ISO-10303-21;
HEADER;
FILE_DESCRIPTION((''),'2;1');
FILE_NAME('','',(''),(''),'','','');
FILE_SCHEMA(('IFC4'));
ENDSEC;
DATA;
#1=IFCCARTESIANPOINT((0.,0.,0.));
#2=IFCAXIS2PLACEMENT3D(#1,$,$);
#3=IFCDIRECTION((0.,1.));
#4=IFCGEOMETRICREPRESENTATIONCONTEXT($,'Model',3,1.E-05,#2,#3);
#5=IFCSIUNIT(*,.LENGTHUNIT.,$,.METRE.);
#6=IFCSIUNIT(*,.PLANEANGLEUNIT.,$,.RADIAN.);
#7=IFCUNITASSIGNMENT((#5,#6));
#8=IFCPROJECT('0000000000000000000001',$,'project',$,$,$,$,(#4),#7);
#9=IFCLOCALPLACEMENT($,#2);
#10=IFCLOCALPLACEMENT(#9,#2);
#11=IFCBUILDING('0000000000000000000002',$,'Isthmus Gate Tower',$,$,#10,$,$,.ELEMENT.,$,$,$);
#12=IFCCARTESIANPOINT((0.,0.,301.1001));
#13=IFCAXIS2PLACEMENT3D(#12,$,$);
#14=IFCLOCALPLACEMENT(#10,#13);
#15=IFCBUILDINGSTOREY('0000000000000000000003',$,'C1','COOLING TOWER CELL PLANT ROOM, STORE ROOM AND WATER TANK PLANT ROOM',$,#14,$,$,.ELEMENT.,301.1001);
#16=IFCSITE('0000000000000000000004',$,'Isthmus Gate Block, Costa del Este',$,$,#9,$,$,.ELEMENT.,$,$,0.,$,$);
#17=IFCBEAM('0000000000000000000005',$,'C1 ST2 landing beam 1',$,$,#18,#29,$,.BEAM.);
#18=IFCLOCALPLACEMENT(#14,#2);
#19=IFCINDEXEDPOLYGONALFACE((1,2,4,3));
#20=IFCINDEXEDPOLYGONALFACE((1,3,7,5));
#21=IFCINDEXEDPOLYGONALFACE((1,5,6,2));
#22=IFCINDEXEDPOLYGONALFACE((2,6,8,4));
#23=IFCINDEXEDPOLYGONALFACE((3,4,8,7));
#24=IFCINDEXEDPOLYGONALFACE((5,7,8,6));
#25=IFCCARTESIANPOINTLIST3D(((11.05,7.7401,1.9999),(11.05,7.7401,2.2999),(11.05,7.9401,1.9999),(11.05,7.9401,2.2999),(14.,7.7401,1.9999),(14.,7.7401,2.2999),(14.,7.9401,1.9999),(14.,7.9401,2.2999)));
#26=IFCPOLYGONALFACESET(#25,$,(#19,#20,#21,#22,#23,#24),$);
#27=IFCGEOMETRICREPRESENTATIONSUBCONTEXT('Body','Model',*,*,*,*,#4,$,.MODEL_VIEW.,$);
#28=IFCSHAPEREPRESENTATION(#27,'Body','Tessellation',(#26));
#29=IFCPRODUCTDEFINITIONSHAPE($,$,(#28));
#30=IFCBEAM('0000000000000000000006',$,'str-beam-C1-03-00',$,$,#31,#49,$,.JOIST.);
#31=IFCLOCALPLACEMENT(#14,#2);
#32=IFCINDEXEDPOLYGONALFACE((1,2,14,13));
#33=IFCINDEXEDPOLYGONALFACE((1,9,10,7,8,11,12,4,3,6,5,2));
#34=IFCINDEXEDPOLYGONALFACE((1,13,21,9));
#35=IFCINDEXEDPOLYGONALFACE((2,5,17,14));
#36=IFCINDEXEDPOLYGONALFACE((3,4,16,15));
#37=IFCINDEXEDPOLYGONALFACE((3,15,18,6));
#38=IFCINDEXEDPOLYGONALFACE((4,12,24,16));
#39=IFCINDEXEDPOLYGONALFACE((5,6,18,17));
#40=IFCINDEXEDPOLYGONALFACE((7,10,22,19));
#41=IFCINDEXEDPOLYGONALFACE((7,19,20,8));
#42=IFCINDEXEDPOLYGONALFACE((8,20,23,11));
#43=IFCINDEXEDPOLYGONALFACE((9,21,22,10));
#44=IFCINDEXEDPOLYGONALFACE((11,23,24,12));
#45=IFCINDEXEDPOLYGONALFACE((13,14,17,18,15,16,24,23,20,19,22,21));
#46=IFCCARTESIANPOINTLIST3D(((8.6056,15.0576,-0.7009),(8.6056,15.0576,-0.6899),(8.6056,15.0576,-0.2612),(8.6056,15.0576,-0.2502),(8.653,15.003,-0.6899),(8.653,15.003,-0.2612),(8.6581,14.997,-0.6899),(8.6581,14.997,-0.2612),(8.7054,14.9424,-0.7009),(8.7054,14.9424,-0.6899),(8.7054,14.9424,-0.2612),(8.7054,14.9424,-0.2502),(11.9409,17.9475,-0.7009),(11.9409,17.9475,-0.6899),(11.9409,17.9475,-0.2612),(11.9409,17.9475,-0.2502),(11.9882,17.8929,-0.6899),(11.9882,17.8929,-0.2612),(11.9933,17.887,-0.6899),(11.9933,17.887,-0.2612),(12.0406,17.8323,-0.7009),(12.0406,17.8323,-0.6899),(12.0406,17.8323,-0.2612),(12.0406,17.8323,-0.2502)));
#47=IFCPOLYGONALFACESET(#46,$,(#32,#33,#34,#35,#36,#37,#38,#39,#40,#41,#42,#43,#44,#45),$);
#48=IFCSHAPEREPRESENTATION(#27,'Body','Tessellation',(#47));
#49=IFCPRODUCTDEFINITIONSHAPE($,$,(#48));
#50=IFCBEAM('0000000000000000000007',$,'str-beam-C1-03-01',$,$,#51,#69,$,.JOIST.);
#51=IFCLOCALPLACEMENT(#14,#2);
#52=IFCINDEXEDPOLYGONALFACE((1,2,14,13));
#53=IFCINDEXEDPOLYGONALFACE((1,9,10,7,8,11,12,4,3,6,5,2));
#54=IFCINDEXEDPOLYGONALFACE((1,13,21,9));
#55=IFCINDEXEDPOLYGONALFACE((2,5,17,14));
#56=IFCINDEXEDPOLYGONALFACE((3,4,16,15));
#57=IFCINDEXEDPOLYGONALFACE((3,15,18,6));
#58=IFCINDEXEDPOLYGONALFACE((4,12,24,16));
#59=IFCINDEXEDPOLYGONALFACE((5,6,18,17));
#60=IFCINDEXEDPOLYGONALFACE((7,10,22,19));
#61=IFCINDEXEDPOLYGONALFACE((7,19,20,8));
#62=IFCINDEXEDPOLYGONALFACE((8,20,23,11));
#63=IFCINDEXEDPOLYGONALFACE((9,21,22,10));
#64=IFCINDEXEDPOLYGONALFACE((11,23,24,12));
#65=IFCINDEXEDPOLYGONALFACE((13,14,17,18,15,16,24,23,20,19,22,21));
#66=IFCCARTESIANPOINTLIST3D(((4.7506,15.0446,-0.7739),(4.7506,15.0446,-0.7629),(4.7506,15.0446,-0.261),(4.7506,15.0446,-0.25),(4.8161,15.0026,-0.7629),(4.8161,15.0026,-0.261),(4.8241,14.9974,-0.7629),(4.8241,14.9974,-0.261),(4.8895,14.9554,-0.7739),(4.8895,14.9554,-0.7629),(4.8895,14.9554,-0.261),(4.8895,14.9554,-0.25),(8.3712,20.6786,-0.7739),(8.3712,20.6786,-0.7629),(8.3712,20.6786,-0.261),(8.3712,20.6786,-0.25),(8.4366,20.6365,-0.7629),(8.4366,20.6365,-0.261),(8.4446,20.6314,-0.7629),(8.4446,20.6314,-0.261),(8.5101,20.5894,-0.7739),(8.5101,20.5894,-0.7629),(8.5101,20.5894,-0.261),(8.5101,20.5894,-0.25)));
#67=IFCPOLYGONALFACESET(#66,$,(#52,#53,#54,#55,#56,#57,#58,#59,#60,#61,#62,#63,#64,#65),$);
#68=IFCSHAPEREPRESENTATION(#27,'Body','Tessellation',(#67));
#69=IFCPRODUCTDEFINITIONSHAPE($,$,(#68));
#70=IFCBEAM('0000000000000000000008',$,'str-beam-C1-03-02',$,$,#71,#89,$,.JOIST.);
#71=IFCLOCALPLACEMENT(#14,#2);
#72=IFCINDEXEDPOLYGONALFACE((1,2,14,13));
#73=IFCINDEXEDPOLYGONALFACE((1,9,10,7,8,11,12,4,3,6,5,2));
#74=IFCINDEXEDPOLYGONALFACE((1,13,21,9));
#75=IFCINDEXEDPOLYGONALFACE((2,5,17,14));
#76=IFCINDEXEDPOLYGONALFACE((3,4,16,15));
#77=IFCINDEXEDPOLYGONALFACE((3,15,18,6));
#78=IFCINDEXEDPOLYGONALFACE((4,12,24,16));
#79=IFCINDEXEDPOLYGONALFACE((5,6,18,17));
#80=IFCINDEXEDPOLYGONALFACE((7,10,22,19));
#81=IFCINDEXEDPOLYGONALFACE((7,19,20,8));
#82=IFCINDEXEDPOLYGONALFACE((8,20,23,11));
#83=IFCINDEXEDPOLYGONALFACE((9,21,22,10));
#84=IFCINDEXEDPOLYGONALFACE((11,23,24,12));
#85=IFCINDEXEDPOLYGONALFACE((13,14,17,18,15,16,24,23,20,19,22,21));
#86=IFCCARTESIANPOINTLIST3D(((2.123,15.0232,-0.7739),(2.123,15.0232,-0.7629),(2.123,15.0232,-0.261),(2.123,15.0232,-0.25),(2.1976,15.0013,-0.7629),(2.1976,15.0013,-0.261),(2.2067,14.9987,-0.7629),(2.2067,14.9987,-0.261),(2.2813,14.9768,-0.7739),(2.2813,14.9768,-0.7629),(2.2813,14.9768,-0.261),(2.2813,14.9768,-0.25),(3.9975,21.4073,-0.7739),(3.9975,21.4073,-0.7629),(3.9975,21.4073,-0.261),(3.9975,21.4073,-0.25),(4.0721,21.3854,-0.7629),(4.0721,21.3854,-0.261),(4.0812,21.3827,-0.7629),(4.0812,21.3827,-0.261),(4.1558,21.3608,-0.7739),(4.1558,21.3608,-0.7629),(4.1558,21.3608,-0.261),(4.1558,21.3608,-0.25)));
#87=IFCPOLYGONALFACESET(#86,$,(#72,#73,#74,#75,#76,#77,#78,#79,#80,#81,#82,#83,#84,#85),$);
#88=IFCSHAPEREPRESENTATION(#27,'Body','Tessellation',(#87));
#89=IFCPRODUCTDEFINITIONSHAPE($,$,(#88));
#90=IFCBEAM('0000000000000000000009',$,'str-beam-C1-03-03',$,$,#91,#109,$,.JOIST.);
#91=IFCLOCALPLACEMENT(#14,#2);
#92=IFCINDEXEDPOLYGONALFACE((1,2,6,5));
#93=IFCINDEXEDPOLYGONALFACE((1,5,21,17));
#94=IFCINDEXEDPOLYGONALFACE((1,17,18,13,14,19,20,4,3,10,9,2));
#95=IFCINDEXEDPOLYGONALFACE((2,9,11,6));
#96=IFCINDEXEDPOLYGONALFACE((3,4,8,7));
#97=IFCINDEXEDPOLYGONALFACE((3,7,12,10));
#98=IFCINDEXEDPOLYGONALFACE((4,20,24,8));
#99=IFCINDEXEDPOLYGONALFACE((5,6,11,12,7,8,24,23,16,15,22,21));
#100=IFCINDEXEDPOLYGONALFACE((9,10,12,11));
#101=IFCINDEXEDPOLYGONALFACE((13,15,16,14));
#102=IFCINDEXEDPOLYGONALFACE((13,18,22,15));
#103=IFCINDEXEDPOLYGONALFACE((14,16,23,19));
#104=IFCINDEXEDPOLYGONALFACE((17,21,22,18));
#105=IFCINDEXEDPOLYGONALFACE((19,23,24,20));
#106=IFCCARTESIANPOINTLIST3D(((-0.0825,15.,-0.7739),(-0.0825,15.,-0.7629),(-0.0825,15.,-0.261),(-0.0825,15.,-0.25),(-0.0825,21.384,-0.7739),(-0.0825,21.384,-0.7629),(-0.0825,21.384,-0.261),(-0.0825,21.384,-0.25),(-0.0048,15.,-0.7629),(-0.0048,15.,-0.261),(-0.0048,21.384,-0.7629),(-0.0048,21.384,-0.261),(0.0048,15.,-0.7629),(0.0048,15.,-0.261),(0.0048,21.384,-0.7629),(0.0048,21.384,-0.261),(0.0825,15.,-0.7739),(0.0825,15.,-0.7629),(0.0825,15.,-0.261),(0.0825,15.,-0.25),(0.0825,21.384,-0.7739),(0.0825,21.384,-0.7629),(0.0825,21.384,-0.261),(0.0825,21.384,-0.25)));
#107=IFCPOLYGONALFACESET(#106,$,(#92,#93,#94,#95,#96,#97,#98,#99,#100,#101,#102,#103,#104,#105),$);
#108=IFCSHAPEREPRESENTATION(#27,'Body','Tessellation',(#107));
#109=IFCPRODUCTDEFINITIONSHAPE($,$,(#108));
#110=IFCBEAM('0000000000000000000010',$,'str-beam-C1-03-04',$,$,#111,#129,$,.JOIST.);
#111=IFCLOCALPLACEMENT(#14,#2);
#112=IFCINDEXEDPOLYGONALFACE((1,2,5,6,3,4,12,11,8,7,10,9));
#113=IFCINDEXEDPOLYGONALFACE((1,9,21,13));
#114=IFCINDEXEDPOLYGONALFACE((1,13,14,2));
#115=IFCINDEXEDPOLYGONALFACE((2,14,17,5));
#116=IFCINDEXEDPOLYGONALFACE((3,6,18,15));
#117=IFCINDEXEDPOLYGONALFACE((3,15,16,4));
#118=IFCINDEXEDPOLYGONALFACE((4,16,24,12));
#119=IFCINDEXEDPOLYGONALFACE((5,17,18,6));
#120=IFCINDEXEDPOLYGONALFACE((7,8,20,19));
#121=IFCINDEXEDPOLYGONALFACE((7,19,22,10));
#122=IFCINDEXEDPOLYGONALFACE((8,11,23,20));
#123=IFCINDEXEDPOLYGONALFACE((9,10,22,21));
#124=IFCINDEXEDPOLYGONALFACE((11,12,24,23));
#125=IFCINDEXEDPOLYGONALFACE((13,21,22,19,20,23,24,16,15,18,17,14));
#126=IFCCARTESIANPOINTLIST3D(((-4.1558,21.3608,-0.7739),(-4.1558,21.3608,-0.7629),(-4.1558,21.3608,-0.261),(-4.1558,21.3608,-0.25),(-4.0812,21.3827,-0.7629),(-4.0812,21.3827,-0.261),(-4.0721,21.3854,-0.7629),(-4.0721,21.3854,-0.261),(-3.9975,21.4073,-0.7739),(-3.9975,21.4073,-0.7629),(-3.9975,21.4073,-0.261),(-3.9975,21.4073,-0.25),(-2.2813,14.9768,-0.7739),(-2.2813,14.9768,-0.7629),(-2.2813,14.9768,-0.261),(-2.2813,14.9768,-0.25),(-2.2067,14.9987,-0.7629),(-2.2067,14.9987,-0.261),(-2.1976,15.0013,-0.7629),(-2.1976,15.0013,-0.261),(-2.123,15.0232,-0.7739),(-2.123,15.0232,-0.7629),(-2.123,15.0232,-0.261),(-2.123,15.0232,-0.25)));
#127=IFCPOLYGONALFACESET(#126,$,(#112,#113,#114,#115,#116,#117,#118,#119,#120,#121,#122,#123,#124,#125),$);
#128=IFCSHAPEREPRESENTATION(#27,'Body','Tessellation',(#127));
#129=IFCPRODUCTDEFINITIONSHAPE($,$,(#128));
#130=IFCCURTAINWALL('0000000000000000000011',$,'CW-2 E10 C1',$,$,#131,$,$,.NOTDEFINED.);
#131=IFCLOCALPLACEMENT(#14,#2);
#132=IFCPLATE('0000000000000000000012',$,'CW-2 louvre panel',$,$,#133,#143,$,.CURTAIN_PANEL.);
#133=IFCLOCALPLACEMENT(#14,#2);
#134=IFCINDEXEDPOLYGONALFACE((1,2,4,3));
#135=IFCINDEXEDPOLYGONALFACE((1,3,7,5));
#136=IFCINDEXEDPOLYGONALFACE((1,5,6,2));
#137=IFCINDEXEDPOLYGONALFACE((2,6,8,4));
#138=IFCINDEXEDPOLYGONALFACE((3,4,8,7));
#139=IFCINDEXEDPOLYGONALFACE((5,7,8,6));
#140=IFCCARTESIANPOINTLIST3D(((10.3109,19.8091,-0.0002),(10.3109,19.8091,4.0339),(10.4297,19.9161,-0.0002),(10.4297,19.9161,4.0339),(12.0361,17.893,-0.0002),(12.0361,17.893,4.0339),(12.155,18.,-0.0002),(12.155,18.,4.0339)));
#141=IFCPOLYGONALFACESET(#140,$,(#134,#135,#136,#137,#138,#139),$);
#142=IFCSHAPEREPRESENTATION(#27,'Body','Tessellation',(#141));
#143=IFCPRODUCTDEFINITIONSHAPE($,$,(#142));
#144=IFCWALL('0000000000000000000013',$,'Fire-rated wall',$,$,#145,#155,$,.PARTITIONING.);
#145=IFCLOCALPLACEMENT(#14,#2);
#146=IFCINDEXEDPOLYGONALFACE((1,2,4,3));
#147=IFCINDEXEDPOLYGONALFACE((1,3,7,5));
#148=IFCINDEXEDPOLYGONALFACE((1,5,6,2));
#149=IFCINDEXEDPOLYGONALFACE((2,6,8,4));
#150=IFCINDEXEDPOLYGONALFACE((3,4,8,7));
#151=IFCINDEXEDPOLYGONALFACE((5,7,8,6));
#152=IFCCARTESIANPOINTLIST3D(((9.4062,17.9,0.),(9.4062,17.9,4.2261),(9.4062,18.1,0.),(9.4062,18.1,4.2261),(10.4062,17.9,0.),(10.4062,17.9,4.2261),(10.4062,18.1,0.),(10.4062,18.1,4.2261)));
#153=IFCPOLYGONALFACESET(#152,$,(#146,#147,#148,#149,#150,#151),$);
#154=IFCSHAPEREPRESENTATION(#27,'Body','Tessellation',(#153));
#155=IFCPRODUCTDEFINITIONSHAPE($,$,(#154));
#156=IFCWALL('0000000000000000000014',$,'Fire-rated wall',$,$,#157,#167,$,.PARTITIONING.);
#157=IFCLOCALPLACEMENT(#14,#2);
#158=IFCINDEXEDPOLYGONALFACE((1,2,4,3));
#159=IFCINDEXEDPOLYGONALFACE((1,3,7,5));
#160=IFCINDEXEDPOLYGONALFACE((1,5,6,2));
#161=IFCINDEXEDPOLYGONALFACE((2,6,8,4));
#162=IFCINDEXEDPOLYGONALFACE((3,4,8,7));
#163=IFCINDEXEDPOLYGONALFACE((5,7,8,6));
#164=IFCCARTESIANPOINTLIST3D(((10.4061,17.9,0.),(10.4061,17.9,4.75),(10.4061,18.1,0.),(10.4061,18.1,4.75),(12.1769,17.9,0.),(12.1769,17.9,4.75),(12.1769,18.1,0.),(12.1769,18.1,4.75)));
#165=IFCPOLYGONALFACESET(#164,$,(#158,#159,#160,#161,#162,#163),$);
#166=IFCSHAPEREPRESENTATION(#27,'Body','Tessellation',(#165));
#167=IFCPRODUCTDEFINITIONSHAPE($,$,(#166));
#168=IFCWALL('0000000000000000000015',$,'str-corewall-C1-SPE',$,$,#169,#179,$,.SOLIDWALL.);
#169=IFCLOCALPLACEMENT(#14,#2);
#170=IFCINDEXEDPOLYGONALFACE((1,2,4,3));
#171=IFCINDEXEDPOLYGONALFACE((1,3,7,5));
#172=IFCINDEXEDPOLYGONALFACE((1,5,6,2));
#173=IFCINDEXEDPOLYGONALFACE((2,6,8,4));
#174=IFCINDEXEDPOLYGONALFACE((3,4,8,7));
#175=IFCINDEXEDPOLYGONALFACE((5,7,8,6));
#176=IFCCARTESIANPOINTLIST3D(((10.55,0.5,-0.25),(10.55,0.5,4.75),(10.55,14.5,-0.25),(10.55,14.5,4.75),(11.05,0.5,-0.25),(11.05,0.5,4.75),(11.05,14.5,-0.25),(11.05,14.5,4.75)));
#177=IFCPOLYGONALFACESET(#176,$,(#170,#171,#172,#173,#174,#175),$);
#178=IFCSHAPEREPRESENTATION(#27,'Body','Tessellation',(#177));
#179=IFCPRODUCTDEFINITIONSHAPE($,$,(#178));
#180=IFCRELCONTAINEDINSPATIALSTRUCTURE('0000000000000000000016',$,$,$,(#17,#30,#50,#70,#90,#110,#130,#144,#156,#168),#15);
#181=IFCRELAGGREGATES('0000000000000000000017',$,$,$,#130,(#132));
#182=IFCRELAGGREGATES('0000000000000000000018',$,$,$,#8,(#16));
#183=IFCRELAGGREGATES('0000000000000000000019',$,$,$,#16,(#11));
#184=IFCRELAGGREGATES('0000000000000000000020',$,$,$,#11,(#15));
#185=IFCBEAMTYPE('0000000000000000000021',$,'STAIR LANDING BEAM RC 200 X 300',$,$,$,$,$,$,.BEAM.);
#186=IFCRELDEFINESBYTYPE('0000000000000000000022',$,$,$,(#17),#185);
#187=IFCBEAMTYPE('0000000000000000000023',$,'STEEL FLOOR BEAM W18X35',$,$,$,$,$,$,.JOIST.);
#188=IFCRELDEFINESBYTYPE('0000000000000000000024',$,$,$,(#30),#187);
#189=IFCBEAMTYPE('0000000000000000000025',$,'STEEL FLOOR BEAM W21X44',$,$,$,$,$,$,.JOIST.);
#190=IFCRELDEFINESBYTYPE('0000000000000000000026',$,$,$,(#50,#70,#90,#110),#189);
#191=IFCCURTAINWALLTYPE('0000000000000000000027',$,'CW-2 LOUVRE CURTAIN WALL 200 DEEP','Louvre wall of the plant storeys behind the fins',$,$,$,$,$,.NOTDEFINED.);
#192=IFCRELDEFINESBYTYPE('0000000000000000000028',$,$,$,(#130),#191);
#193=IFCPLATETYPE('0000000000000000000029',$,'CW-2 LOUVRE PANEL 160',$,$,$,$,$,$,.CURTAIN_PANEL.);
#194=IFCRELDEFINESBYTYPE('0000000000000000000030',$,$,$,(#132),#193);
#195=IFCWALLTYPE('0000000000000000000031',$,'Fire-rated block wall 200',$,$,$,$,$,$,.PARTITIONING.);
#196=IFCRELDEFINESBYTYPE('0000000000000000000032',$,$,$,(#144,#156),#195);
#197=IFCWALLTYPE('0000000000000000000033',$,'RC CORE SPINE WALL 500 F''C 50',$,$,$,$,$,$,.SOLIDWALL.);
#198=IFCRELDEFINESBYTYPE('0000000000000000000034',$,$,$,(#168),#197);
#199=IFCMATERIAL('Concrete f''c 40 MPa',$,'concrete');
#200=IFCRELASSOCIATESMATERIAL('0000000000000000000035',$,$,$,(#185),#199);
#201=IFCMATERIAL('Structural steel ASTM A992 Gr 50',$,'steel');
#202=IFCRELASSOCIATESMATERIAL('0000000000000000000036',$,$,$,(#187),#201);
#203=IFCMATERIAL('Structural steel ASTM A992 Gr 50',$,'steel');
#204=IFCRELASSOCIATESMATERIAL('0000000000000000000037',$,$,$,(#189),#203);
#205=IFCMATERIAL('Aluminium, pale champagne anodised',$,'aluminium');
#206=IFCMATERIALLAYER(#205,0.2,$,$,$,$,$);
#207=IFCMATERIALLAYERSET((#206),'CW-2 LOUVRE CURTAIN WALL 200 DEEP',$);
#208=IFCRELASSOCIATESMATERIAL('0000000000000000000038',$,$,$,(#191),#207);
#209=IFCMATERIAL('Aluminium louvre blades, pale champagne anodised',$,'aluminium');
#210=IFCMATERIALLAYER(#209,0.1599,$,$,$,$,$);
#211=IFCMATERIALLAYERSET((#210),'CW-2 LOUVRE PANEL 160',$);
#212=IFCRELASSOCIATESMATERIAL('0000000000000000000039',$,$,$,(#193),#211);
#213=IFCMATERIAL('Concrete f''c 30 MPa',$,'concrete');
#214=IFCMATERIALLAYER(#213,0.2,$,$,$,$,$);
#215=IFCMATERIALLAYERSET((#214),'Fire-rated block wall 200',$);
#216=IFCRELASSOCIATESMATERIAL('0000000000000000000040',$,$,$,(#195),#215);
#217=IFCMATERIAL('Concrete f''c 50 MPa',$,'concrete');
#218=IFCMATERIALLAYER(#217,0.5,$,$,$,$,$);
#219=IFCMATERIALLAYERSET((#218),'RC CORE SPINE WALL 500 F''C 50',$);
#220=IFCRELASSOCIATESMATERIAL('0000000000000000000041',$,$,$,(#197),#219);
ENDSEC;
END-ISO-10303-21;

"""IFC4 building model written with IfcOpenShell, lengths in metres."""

from ifc_helpers import new_model, si_unit, direction, frame, frame_2d, origin, origin_2d, place, context, subcontext, project, spatial, rectangle, i_section, extrude, material, layer, layer_set, material_profile, profile_set, type_object, element, aggregate, save


model = new_model("IFC4")

# Units and contexts
model_context = context("Model", 3, precision=1e-05, world=origin(), true_north=direction((0.0, 1.0)))
body_context = subcontext(model_context, "Body", "Model", "MODEL_VIEW")
ifc_project = project(units=[si_unit("LENGTHUNIT", "METRE"), si_unit("PLANEANGLEUNIT", "RADIAN")], contexts=[model_context])

# Site, building, storey
site_placement = place(None, origin())
site = spatial("IfcSite", under=ifc_project, at=site_placement, Name="Isthmus Gate Block, Costa del Este", CompositionType="ELEMENT", RefElevation=0.0)
building_placement = place(site_placement, origin())
building = spatial("IfcBuilding", under=site, at=building_placement, Name="Isthmus Gate Tower", CompositionType="ELEMENT")
storey_placement = place(building_placement, frame((0.0, 0.0, 301.1001)))
storey = spatial("IfcBuildingStorey", under=building, at=storey_placement, Name="C1", Description="COOLING TOWER CELL PLANT ROOM, STORE ROOM AND WATER TANK PLANT ROOM", CompositionType="ELEMENT", Elevation=301.1001)

# Beams
ifc_material_1 = material(Name="Concrete f'c 40 MPa", Category="concrete")
ifc_material_profile_1 = material_profile(ifc_material_1, rectangle(XDim=0.2, YDim=0.3, at=origin_2d()), Name="STAIR LANDING BEAM RC 200 X 300")
ifc_profile_set_1 = profile_set([ifc_material_profile_1], Name="Concrete f'c 40 MPa")
beam_type_1 = type_object("IfcBeamType", Name="STAIR LANDING BEAM RC 200 X 300", PredefinedType="BEAM", material=ifc_profile_set_1)
beam_1_placement = place(storey_placement, frame((11.05, 7.8401, 2.1499), z_axis=(1.0, 0.0, 0.0), x_axis=(0.0, 1.0, 0.0)))
element("IfcBeam", 1, at=beam_1_placement, inside=storey, type_object=beam_type_1, Name="C1 ST2 landing beam 1", PredefinedType="BEAM", context=body_context, shape_type="SweptSolid", body=[
    extrude(rectangle(XDim=0.2, YDim=0.3, at=origin_2d()), origin(), (0.0, 0.0, 1.0), 2.95),
])
ifc_material_2 = material(Name="Structural steel ASTM A992 Gr 50", Category="steel")
ifc_material_profile_2 = material_profile(ifc_material_2, i_section(OverallWidth=0.1523, OverallDepth=0.4507, WebThickness=0.0078, FlangeThickness=0.011, at=origin_2d()), Name="W18X35")
ifc_profile_set_2 = profile_set([ifc_material_profile_2], Name="Structural steel ASTM A992 Gr 50")
beam_type_2 = type_object("IfcBeamType", Name="STEEL FLOOR BEAM W18X35", PredefinedType="JOIST", material=ifc_profile_set_2)
beam_2_placement = place(storey_placement, frame((8.6555, 15.0, -0.4756), z_axis=(0.755758, 0.65485, 0.0), x_axis=(-0.65485, 0.755758, 0.0)))
element("IfcBeam", 2, at=beam_2_placement, inside=storey, type_object=beam_type_2, Name="str-beam-C1-03-00", PredefinedType="JOIST", context=body_context, shape_type="SweptSolid", body=[
    extrude(i_section(OverallWidth=0.1523, OverallDepth=0.4507, WebThickness=0.0078, FlangeThickness=0.011, at=origin_2d()), origin(), (0.0, 0.0, 1.0), 4.4131),
])
ifc_material_3 = material(Name="Structural steel ASTM A992 Gr 50", Category="steel")
ifc_material_profile_3 = material_profile(ifc_material_3, i_section(OverallWidth=0.165, OverallDepth=0.5239, WebThickness=0.0095, FlangeThickness=0.011, at=origin_2d()), Name="W21X44")
ifc_profile_set_3 = profile_set([ifc_material_profile_3], Name="Structural steel ASTM A992 Gr 50")
beam_type_3 = type_object("IfcBeamType", Name="STEEL FLOOR BEAM W21X44", PredefinedType="JOIST", material=ifc_profile_set_3)
beam_3_placement = place(storey_placement, frame((4.8201, 15.0, -0.512), z_axis=(0.540623, 0.841265, 0.0), x_axis=(-0.841265, 0.540623, 0.0)))
element("IfcBeam", 3, at=beam_3_placement, inside=storey, type_object=beam_type_3, Name="str-beam-C1-03-01", PredefinedType="JOIST", context=body_context, shape_type="SweptSolid", body=[
    extrude(i_section(OverallWidth=0.165, OverallDepth=0.5239, WebThickness=0.0095, FlangeThickness=0.011, at=origin_2d()), origin(), (0.0, 0.0, 1.0), 6.697),
])
beam_4_placement = place(storey_placement, frame((2.2021, 15.0, -0.512), z_axis=(0.281731, 0.959493, 0.0), x_axis=(-0.959493, 0.281731, 0.0)))
element("IfcBeam", 4, at=beam_4_placement, inside=storey, type_object=beam_type_3, Name="str-beam-C1-03-02", PredefinedType="JOIST", context=body_context, shape_type="SweptSolid", body=[
    extrude(i_section(OverallWidth=0.165, OverallDepth=0.5239, WebThickness=0.0095, FlangeThickness=0.011, at=origin_2d()), origin(), (0.0, 0.0, 1.0), 6.6536),
])
beam_5_placement = place(storey_placement, frame((0.0, 15.0, -0.512), z_axis=(0.0, 1.0, 0.0), x_axis=(-1.0, 0.0, 0.0)))
element("IfcBeam", 5, at=beam_5_placement, inside=storey, type_object=beam_type_3, Name="str-beam-C1-03-03", PredefinedType="JOIST", context=body_context, shape_type="SweptSolid", body=[
    extrude(i_section(OverallWidth=0.165, OverallDepth=0.5239, WebThickness=0.0095, FlangeThickness=0.011, at=origin_2d()), origin(), (0.0, 0.0, 1.0), 6.384),
])
beam_6_placement = place(storey_placement, frame((-2.2021, 15.0, -0.512), z_axis=(-0.281731, 0.959493, 0.0), x_axis=(-0.959493, -0.281731, 0.0)))
element("IfcBeam", 6, at=beam_6_placement, inside=storey, type_object=beam_type_3, Name="str-beam-C1-03-04", PredefinedType="JOIST", context=body_context, shape_type="SweptSolid", body=[
    extrude(i_section(OverallWidth=0.165, OverallDepth=0.5239, WebThickness=0.0095, FlangeThickness=0.011, at=origin_2d()), origin(), (0.0, 0.0, 1.0), 6.6536),
])

# Curtain wall, plate
ifc_material_4 = material(Name="Aluminium, pale champagne anodised", Category="aluminium")
ifc_layer_1 = layer(ifc_material_4, 0.2)
ifc_layer_set_1 = layer_set([ifc_layer_1], Name="CW-2 LOUVRE CURTAIN WALL 200 DEEP")
curtain_wall_type = type_object("IfcCurtainWallType", Name="CW-2 LOUVRE CURTAIN WALL 200 DEEP", Description="Louvre wall of the plant storeys behind the fins", PredefinedType="NOTDEFINED", material=ifc_layer_set_1)
curtain_wall_placement = place(storey_placement, origin())
curtain_wall = element("IfcCurtainWall", 7, at=curtain_wall_placement, inside=storey, type_object=curtain_wall_type, Name="CW-2 E10 C1", PredefinedType="NOTDEFINED")
ifc_material_5 = material(Name="Aluminium louvre blades, pale champagne anodised", Category="aluminium")
ifc_layer_2 = layer(ifc_material_5, 0.1599)
ifc_layer_set_2 = layer_set([ifc_layer_2], Name="CW-2 LOUVRE PANEL 160")
plate_type = type_object("IfcPlateType", Name="CW-2 LOUVRE PANEL 160", PredefinedType="CURTAIN_PANEL", material=ifc_layer_set_2)
plate_placement = place(storey_placement, frame((11.2329, 18.9045, -0.0002), z_axis=(0.0, 0.0, 1.0), x_axis=(-0.669131, 0.743145, 0.0)))
plate = element("IfcPlate", 8, at=plate_placement, type_object=plate_type, Name="CW-2 louvre panel", PredefinedType="CURTAIN_PANEL", context=body_context, shape_type="SweptSolid", body=[
    extrude(rectangle(XDim=2.5784, YDim=0.1599, at=origin_2d()), origin(), (0.0, 0.0, 1.0), 4.0342),
])
aggregate(curtain_wall, [plate])

# Walls
ifc_material_6 = material(Name="Concrete f'c 30 MPa", Category="concrete")
ifc_layer_3 = layer(ifc_material_6, 0.2)
ifc_layer_set_3 = layer_set([ifc_layer_3], Name="Fire-rated block wall 200")
wall_type_1 = type_object("IfcWallType", Name="Fire-rated block wall 200", PredefinedType="PARTITIONING", material=ifc_layer_set_3)
wall_1_placement = place(storey_placement, frame((9.4062, 18.0, 0.0), z_axis=(0.0, 0.0, 1.0), x_axis=(1.0, 0.0, 0.0)))
element("IfcWall", 9, at=wall_1_placement, inside=storey, type_object=wall_type_1, Name="Fire-rated wall", PredefinedType="PARTITIONING", context=body_context, shape_type="SweptSolid", body=[
    extrude(rectangle(XDim=1.0, YDim=0.2, at=frame_2d((0.5, 0.0))), origin(), (0.0, 0.0, 1.0), 4.2261),
])
wall_2_placement = place(storey_placement, frame((10.4062, 18.0, 0.0), z_axis=(0.0, 0.0, 1.0), x_axis=(1.0, 0.0, 0.0)))
element("IfcWall", 10, at=wall_2_placement, inside=storey, type_object=wall_type_1, Name="Fire-rated wall", PredefinedType="PARTITIONING", context=body_context, shape_type="SweptSolid", body=[
    extrude(rectangle(XDim=1.7708, YDim=0.2, at=frame_2d((0.8853, 0.0))), origin(), (0.0, 0.0, 1.0), 4.75),
])
ifc_material_7 = material(Name="Concrete f'c 50 MPa", Category="concrete")
ifc_layer_4 = layer(ifc_material_7, 0.5)
ifc_layer_set_4 = layer_set([ifc_layer_4], Name="RC CORE SPINE WALL 500 F'C 50")
wall_type_2 = type_object("IfcWallType", Name="RC CORE SPINE WALL 500 F'C 50", PredefinedType="SOLIDWALL", material=ifc_layer_set_4)
wall_3_placement = place(storey_placement, frame((10.8, 0.5, -0.25), z_axis=(0.0, 0.0, 1.0), x_axis=(0.0, 1.0, 0.0)))
element("IfcWall", 11, at=wall_3_placement, inside=storey, type_object=wall_type_2, Name="str-corewall-C1-SPE", PredefinedType="SOLIDWALL", context=body_context, shape_type="SweptSolid", body=[
    extrude(rectangle(XDim=14.0, YDim=0.5, at=frame_2d((7.0, 0.0))), origin(), (0.0, 0.0, 1.0), 5.0),
])

save(model, "model.ifc")
